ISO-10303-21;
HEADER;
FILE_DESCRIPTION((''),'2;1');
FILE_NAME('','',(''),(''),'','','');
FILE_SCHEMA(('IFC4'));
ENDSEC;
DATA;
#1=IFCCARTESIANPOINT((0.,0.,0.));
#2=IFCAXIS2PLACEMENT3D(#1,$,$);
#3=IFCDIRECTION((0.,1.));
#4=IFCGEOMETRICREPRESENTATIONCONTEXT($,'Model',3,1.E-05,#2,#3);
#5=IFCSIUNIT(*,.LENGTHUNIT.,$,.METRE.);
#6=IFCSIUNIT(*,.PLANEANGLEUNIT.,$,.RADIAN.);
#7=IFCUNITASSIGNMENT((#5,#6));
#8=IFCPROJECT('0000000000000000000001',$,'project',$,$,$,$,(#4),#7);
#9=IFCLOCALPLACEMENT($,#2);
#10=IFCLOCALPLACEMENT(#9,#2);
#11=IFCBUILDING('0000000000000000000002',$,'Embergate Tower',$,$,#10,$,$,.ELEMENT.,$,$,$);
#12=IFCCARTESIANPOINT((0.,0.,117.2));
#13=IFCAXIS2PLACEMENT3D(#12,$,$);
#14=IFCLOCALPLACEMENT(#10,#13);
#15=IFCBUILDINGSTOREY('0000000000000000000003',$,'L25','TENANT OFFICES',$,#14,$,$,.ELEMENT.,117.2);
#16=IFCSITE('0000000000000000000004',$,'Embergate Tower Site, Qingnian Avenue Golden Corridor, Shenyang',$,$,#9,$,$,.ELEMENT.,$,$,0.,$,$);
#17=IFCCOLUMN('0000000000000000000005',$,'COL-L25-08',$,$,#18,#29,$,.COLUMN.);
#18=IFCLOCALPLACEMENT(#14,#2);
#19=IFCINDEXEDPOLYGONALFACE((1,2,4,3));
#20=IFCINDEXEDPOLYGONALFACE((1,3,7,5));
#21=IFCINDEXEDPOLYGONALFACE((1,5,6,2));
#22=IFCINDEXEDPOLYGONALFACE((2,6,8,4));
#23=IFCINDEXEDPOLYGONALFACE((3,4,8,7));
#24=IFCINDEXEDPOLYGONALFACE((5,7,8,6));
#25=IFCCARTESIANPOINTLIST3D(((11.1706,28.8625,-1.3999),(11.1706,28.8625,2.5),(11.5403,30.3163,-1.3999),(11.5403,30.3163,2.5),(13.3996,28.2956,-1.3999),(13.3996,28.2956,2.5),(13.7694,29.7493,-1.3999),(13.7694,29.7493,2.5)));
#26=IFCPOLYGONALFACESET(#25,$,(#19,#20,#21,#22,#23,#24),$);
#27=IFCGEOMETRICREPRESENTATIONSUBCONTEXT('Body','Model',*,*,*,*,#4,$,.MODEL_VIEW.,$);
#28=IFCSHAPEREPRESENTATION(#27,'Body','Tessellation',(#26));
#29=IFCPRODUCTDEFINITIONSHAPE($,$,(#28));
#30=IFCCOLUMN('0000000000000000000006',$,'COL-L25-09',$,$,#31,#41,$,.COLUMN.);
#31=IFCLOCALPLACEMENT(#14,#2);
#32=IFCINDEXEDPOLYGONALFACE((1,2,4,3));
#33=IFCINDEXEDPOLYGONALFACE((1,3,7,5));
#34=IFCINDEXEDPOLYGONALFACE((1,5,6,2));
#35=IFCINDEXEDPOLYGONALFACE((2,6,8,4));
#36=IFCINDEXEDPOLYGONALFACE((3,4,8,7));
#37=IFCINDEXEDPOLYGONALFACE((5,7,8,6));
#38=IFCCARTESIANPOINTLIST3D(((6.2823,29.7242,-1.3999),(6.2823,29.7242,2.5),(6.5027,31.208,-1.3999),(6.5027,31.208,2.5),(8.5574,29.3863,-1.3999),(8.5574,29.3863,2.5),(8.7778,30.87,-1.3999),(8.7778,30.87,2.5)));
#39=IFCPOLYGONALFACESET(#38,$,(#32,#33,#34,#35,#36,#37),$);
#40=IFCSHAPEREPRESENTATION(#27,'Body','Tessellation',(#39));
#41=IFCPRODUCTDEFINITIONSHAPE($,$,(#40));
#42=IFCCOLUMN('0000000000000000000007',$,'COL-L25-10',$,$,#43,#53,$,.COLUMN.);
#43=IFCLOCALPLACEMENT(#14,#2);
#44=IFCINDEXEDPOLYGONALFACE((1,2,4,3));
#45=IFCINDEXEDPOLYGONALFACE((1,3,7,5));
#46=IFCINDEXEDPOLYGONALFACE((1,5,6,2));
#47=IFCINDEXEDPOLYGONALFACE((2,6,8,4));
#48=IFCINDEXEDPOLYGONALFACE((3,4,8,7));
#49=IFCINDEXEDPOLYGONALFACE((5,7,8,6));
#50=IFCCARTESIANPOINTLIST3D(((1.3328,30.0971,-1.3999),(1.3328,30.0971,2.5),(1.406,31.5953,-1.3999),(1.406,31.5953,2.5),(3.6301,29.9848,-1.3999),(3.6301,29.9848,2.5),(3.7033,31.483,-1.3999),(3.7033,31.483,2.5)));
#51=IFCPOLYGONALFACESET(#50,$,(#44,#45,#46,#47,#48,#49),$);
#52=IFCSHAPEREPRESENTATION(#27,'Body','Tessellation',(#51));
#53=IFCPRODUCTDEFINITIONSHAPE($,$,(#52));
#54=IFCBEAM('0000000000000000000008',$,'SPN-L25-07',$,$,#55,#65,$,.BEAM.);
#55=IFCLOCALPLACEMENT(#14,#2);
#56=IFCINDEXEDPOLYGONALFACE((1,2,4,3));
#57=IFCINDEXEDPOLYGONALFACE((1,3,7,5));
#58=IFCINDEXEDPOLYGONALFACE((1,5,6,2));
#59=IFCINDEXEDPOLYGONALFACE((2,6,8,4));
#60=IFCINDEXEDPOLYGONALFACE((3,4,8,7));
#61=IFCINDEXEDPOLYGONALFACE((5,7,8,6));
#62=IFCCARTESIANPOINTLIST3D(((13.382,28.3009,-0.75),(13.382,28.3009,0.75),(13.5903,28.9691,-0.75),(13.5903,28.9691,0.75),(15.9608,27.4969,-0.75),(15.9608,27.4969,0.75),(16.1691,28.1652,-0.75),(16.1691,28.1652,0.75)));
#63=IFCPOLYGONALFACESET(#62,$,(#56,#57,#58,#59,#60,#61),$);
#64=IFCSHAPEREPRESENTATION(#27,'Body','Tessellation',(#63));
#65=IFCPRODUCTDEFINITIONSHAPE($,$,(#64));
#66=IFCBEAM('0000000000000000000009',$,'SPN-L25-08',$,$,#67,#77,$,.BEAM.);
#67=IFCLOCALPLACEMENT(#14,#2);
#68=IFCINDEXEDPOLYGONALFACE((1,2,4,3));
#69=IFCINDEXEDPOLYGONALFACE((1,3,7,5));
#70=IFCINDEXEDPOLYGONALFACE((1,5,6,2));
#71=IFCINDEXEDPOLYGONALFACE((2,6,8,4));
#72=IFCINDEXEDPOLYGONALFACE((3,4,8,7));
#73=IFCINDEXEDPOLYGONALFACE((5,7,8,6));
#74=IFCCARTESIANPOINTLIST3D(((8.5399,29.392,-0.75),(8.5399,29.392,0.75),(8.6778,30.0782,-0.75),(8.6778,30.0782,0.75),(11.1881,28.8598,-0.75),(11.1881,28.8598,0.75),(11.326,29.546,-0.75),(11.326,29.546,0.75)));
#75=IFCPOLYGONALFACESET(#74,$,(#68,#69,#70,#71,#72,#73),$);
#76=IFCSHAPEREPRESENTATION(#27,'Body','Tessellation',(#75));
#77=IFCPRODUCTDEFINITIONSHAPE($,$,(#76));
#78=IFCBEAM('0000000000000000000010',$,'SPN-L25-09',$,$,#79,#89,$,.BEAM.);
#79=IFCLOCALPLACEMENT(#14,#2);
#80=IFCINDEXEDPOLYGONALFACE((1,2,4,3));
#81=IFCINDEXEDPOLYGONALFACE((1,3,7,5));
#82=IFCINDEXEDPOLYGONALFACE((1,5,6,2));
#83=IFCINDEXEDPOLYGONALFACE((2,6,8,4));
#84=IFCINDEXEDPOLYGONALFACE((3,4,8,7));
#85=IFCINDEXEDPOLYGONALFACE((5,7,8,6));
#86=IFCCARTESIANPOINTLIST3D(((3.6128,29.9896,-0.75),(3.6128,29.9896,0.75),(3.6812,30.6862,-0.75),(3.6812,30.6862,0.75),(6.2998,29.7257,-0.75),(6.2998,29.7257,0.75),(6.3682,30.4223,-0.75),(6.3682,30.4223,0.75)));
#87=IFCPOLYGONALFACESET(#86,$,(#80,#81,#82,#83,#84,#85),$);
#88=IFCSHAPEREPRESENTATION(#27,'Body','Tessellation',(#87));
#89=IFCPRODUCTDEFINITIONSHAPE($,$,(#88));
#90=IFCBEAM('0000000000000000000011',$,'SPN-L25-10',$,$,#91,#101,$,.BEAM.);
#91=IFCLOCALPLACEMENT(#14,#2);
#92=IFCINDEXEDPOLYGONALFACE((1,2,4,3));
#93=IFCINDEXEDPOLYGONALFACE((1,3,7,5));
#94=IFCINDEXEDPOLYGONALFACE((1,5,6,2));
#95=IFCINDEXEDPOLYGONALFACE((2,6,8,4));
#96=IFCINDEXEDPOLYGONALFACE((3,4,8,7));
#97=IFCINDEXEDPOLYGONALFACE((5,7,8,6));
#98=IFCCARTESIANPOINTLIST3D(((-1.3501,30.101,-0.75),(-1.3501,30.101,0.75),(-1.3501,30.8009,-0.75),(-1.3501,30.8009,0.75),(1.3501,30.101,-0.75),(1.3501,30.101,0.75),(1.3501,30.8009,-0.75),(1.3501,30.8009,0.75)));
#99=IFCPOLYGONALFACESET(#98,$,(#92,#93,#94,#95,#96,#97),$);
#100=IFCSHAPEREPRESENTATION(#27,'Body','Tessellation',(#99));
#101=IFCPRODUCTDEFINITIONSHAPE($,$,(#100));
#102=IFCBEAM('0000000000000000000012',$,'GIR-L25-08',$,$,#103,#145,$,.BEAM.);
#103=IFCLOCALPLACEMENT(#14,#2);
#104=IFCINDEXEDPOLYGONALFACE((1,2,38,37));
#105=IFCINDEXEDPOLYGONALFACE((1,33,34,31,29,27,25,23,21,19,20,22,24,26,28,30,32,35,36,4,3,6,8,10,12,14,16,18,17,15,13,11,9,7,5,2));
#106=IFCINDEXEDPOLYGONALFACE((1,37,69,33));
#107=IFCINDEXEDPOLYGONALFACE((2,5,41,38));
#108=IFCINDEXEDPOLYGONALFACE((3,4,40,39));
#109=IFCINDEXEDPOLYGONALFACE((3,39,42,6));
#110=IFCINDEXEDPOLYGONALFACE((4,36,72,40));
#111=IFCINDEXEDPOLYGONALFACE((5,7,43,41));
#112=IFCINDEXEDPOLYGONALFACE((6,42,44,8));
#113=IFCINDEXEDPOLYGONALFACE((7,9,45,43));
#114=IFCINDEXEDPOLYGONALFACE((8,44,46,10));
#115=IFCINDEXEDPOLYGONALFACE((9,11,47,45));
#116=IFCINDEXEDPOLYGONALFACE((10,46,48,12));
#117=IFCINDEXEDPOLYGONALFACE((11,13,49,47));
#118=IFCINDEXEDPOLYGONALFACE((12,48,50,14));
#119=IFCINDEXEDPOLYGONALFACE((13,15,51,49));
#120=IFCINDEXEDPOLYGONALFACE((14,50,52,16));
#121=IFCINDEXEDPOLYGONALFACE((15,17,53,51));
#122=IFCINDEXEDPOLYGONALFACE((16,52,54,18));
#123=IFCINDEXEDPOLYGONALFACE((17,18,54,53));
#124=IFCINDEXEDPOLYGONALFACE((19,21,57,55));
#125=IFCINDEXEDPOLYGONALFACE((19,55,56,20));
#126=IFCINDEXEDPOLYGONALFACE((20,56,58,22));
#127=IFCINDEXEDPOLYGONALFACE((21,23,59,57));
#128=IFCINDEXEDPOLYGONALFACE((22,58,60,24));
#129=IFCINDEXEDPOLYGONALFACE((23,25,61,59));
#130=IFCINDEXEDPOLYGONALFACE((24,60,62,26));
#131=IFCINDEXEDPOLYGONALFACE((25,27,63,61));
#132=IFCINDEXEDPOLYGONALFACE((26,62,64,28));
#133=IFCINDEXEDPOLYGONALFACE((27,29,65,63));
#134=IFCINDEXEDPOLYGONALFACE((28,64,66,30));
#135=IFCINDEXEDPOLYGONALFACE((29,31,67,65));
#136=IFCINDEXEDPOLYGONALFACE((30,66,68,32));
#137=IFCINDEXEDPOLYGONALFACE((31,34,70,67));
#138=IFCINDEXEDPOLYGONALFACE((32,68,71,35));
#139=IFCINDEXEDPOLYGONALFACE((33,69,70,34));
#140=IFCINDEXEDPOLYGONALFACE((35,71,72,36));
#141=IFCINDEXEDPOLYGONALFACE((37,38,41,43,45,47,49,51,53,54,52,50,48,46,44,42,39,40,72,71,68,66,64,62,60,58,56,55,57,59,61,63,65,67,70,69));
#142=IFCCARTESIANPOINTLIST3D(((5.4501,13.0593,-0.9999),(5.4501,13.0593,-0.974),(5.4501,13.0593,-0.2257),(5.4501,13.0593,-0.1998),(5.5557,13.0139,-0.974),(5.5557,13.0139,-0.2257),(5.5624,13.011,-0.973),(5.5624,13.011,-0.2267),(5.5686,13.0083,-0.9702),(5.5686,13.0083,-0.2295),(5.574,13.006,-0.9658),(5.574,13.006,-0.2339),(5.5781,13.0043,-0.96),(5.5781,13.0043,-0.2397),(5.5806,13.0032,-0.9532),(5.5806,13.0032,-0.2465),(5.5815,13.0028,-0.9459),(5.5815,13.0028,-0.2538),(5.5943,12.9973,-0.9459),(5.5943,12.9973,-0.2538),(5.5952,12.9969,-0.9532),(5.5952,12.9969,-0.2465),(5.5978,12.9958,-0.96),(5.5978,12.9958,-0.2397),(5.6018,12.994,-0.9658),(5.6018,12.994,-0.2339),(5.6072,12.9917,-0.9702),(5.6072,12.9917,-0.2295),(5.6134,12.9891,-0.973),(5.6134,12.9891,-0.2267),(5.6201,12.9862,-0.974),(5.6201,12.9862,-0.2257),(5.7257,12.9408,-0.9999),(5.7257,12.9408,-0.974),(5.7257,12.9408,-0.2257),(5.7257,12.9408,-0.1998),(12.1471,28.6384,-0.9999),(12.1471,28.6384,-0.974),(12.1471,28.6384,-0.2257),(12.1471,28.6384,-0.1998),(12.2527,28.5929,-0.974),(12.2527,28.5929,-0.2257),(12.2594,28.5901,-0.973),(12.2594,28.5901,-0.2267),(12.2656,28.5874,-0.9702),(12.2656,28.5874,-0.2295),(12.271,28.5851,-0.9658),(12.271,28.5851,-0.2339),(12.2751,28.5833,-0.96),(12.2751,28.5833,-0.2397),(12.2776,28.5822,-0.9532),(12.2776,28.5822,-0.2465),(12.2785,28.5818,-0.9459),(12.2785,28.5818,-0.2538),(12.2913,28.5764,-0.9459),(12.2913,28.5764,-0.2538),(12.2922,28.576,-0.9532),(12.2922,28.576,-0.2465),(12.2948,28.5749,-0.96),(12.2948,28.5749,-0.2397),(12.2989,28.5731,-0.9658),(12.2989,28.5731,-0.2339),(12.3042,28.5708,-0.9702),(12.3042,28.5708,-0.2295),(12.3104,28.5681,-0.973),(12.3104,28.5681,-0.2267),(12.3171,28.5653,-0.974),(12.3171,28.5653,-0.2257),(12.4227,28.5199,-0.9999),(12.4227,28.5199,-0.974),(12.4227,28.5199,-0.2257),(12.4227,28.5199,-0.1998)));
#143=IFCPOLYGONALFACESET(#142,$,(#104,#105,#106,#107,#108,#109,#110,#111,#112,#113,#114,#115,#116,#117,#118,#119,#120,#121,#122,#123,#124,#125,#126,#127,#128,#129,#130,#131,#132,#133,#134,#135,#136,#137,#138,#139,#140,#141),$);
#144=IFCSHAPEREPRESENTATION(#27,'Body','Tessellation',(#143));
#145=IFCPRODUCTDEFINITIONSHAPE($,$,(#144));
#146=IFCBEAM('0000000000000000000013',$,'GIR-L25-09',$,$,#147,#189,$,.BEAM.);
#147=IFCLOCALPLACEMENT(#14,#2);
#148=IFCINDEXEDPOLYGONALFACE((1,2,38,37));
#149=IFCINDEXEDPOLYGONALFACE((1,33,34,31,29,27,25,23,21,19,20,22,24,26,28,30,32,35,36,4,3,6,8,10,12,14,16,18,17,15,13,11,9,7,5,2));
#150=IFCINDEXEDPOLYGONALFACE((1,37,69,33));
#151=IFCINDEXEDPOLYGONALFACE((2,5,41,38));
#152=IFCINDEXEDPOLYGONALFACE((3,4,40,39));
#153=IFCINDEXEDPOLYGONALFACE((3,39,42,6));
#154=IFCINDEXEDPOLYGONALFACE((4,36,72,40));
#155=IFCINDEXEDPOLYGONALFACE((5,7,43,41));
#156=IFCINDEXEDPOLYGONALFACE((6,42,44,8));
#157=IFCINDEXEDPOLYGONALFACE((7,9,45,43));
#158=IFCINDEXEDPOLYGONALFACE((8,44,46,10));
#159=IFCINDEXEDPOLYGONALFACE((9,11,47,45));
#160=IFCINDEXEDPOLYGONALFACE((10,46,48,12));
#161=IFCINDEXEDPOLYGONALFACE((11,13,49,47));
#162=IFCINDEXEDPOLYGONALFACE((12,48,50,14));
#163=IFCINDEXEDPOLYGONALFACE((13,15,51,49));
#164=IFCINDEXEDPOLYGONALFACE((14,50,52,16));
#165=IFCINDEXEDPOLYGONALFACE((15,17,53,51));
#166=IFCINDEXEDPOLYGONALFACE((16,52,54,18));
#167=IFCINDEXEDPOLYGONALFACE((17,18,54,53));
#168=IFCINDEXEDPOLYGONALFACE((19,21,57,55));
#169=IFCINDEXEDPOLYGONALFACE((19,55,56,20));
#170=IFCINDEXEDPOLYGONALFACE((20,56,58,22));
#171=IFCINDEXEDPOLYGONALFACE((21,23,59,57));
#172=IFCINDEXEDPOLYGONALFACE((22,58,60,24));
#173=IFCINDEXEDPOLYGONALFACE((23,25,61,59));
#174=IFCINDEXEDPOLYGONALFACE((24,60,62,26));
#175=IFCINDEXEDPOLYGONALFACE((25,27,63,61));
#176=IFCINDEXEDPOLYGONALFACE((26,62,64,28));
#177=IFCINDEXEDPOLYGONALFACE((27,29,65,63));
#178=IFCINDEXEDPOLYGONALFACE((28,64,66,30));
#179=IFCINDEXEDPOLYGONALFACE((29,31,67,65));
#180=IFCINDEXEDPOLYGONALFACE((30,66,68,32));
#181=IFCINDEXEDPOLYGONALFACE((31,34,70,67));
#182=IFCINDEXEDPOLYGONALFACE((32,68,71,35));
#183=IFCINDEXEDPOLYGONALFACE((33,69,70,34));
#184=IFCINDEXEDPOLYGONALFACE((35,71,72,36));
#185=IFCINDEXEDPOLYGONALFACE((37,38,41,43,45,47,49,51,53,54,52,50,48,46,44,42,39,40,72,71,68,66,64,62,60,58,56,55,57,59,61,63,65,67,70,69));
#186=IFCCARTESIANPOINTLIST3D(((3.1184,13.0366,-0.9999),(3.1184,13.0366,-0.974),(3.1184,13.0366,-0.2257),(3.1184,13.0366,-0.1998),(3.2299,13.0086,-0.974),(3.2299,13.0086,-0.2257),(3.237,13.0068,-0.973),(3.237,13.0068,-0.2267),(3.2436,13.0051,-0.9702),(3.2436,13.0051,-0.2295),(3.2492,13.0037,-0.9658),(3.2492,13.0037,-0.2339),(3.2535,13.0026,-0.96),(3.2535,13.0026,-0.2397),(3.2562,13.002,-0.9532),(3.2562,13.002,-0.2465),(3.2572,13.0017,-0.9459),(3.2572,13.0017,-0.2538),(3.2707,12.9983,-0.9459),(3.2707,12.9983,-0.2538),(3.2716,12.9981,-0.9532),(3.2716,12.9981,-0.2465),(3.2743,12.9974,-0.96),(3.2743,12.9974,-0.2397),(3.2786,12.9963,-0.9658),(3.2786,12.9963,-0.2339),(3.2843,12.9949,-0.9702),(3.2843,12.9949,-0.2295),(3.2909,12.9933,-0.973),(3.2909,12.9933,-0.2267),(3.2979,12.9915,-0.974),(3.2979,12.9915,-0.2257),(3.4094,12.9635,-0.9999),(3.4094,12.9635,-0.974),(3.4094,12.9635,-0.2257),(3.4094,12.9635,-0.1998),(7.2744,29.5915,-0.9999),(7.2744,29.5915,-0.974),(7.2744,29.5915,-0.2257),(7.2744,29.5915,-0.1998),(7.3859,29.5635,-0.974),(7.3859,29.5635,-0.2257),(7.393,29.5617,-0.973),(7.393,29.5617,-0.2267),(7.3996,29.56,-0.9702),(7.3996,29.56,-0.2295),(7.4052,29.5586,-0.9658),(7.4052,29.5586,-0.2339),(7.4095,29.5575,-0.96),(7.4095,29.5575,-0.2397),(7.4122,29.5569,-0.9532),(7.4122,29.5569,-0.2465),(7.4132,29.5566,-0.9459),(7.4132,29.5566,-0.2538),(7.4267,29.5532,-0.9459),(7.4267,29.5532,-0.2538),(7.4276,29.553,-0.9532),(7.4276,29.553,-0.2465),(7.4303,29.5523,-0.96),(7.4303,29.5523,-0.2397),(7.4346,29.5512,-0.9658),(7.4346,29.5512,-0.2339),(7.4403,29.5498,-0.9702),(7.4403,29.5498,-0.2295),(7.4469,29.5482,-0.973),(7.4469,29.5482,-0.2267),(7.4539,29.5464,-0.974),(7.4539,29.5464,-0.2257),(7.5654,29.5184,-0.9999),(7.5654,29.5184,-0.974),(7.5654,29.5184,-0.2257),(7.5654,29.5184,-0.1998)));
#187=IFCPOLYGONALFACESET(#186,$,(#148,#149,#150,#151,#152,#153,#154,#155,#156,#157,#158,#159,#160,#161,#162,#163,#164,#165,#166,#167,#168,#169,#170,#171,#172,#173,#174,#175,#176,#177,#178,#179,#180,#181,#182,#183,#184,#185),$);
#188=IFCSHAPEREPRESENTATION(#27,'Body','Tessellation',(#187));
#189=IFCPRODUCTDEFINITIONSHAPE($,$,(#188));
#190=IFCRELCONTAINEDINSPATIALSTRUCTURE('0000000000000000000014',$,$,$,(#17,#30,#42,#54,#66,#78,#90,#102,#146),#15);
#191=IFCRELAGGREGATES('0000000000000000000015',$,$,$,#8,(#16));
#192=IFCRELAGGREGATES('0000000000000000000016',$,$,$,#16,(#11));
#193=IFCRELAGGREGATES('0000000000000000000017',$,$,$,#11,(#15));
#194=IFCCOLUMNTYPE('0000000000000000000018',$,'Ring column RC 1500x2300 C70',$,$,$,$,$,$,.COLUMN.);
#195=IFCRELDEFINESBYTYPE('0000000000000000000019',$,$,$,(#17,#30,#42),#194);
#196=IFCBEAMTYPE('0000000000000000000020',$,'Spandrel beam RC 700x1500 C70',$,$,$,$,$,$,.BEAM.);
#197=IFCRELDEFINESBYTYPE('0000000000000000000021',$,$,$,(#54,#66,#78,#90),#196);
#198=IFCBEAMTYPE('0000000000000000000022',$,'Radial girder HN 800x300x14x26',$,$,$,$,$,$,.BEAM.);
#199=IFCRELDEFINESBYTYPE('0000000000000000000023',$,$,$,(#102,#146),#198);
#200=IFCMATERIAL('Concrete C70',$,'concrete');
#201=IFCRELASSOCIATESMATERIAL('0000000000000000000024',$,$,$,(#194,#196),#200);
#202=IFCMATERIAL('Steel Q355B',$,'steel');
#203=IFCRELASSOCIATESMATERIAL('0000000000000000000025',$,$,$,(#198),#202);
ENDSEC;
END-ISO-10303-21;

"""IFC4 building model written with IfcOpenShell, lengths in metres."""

from ifc_helpers import new_model, si_unit, direction, frame, origin, origin_2d, place, context, subcontext, project, spatial, rectangle, i_section, extrude, source, transform, mapped, material, material_profile, profile_set, type_object, element, save


model = new_model("IFC4")

# Units and contexts
model_context = context("Model", 3, precision=1e-05, world=origin(), true_north=direction((0.0, 1.0)))
body_context = subcontext(model_context, "Body", "Model", "MODEL_VIEW")
ifc_project = project(units=[si_unit("LENGTHUNIT", "METRE"), si_unit("PLANEANGLEUNIT", "RADIAN")], contexts=[model_context])

# Site, building, storey
site_placement = place(None, origin())
site = spatial("IfcSite", under=ifc_project, at=site_placement, Name="Embergate Tower Site, Qingnian Avenue Golden Corridor, Shenyang", CompositionType="ELEMENT", RefElevation=0.0)
building_placement = place(site_placement, origin())
building = spatial("IfcBuilding", under=site, at=building_placement, Name="Embergate Tower", CompositionType="ELEMENT")
storey_placement = place(building_placement, frame((0.0, 0.0, 117.2)))
storey = spatial("IfcBuildingStorey", under=building, at=storey_placement, Name="L25", Description="TENANT OFFICES", CompositionType="ELEMENT", Elevation=117.2)

# Columns
ifc_material_1 = material(Name="Concrete C70", Category="concrete")
ifc_material_profile_1 = material_profile(ifc_material_1, rectangle(XDim=1.5, YDim=2.3, at=origin_2d()), Name="RC 1500x2300")
ifc_profile_set_1 = profile_set([ifc_material_profile_1], Name="Concrete C70")
column_type = type_object("IfcColumnType", Name="Ring column RC 1500x2300 C70", PredefinedType="COLUMN", material=ifc_profile_set_1)
shared_shape_1 = source(origin(), body_context, "Body", "SweptSolid", [
    extrude(rectangle(XDim=1.5, YDim=2.3, at=origin_2d()), origin(), (0.0, 0.0, 1.0), 3.8999),
])
for number, where, z_axis, x_axis, name in (
    (1, (12.47, 29.3059, -1.3999), (0.0, 0.0, 1.0), (0.246509, 0.969141, 0.0), "COL-L25-08"),
    (2, (7.53, 30.2971, -1.3999), (0.0, 0.0, 1.0), (0.146929, 0.989147, 0.0), "COL-L25-09"),
    (3, (2.5181, 30.79, -1.3999), (0.0, 0.0, 1.0), (0.048815, 0.998808, 0.0), "COL-L25-10"),
):
    element("IfcColumn", number, at=place(storey_placement, frame(where, z_axis=z_axis, x_axis=x_axis)), inside=storey, type_object=column_type, Name=name, PredefinedType="COLUMN", context=body_context, shape_type="MappedRepresentation", body=[
        mapped(shared_shape_1, transform((0.0, 0.0, 0.0))),
    ])

# Beams
ifc_material_profile_2 = material_profile(ifc_material_1, rectangle(XDim=0.7, YDim=1.5, at=origin_2d()), Name="RC 700x1500")
ifc_profile_set_2 = profile_set([ifc_material_profile_2], Name="Concrete C70")
beam_type_1 = type_object("IfcBeamType", Name="Spandrel beam RC 700x1500 C70", PredefinedType="BEAM", material=ifc_profile_set_2)
shared_shape_2 = source(origin(), body_context, "Body", "SweptSolid", [
    extrude(rectangle(XDim=0.7, YDim=1.5, at=origin_2d()), origin(), (0.0, 0.0, 1.0), 2.7012),
])
for number, where, z_axis, x_axis, name in (
    (4, (16.0649, 27.8311, 0.0), (-0.954684, 0.297621, 0.0), (-0.297621, -0.954684, 0.0), "SPN-L25-07"),
    (5, (11.2571, 29.2029, 0.0), (-0.980396, 0.197037, 0.0), (-0.197037, -0.980396, 0.0), "SPN-L25-08"),
):
    element("IfcBeam", number, at=place(storey_placement, frame(where, z_axis=z_axis, x_axis=x_axis)), inside=storey, type_object=beam_type_1, Name=name, PredefinedType="BEAM", context=body_context, shape_type="MappedRepresentation", body=[
        mapped(shared_shape_2, transform((0.0, 0.0, 0.0))),
    ])
shared_shape_3 = source(origin(), body_context, "Body", "SweptSolid", [
    extrude(rectangle(XDim=0.7, YDim=1.5, at=origin_2d()), origin(), (0.0, 0.0, 1.0), 2.7),
])
beam_1_placement = place(storey_placement, frame((6.334, 30.074, 0.0), z_axis=(-0.995211, 0.097749, 0.0), x_axis=(-0.097749, -0.995211, 0.0)))
element("IfcBeam", 6, at=beam_1_placement, inside=storey, type_object=beam_type_1, Name="SPN-L25-09", PredefinedType="BEAM", context=body_context, shape_type="MappedRepresentation", body=[
    mapped(shared_shape_3, transform((0.0, 0.0, 0.0))),
])
shared_shape_4 = source(origin(), body_context, "Body", "SweptSolid", [
    extrude(rectangle(XDim=0.7, YDim=1.5, at=origin_2d()), origin(), (0.0, 0.0, 1.0), 2.7002),
])
beam_2_placement = place(storey_placement, frame((1.3501, 30.4509, 0.0), z_axis=(-1.0, 0.0, 0.0), x_axis=(0.0, -1.0, 0.0)))
element("IfcBeam", 7, at=beam_2_placement, inside=storey, type_object=beam_type_1, Name="SPN-L25-10", PredefinedType="BEAM", context=body_context, shape_type="MappedRepresentation", body=[
    mapped(shared_shape_4, transform((0.0, 0.0, 0.0))),
])
ifc_material_2 = material(Name="Steel Q355B", Category="steel")
ifc_material_profile_3 = material_profile(ifc_material_2, i_section(OverallWidth=0.3, OverallDepth=0.8, WebThickness=0.0139, FlangeThickness=0.0259, FilletRadius=0.0281, at=origin_2d()), Name="HN 800x300x14x26")
ifc_profile_set_3 = profile_set([ifc_material_profile_3], Name="Steel Q355 grade B")
beam_type_2 = type_object("IfcBeamType", Name="Radial girder HN 800x300x14x26", PredefinedType="BEAM", material=ifc_profile_set_3)
shared_shape_5 = source(origin(), body_context, "Body", "SweptSolid", [
    extrude(i_section(OverallWidth=0.3, OverallDepth=0.8, WebThickness=0.0139, FlangeThickness=0.0259, FilletRadius=0.0281, at=origin_2d()), origin(), (0.0, 0.0, 1.0), 16.9575),
])
beam_3_placement = place(storey_placement, frame((12.2849, 28.5791, -0.5999), z_axis=(-0.394929, -0.918712, 0.0), x_axis=(0.918712, -0.394929, 0.0)))
element("IfcBeam", 8, at=beam_3_placement, inside=storey, type_object=beam_type_2, Name="GIR-L25-08", PredefinedType="BEAM", context=body_context, shape_type="MappedRepresentation", body=[
    mapped(shared_shape_5, transform((0.0, 0.0, 0.0))),
])
shared_shape_6 = source(origin(), body_context, "Body", "SweptSolid", [
    extrude(i_section(OverallWidth=0.3, OverallDepth=0.8, WebThickness=0.0139, FlangeThickness=0.0259, FilletRadius=0.0281, at=origin_2d()), origin(), (0.0, 0.0, 1.0), 17.0686),
])
beam_4_placement = place(storey_placement, frame((7.4199, 29.5549, -0.5999), z_axis=(-0.243488, -0.969904, 0.0), x_axis=(0.969904, -0.243488, 0.0)))
element("IfcBeam", 9, at=beam_4_placement, inside=storey, type_object=beam_type_2, Name="GIR-L25-09", PredefinedType="BEAM", context=body_context, shape_type="MappedRepresentation", body=[
    mapped(shared_shape_6, transform((0.0, 0.0, 0.0))),
])

save(model, "model.ifc")
